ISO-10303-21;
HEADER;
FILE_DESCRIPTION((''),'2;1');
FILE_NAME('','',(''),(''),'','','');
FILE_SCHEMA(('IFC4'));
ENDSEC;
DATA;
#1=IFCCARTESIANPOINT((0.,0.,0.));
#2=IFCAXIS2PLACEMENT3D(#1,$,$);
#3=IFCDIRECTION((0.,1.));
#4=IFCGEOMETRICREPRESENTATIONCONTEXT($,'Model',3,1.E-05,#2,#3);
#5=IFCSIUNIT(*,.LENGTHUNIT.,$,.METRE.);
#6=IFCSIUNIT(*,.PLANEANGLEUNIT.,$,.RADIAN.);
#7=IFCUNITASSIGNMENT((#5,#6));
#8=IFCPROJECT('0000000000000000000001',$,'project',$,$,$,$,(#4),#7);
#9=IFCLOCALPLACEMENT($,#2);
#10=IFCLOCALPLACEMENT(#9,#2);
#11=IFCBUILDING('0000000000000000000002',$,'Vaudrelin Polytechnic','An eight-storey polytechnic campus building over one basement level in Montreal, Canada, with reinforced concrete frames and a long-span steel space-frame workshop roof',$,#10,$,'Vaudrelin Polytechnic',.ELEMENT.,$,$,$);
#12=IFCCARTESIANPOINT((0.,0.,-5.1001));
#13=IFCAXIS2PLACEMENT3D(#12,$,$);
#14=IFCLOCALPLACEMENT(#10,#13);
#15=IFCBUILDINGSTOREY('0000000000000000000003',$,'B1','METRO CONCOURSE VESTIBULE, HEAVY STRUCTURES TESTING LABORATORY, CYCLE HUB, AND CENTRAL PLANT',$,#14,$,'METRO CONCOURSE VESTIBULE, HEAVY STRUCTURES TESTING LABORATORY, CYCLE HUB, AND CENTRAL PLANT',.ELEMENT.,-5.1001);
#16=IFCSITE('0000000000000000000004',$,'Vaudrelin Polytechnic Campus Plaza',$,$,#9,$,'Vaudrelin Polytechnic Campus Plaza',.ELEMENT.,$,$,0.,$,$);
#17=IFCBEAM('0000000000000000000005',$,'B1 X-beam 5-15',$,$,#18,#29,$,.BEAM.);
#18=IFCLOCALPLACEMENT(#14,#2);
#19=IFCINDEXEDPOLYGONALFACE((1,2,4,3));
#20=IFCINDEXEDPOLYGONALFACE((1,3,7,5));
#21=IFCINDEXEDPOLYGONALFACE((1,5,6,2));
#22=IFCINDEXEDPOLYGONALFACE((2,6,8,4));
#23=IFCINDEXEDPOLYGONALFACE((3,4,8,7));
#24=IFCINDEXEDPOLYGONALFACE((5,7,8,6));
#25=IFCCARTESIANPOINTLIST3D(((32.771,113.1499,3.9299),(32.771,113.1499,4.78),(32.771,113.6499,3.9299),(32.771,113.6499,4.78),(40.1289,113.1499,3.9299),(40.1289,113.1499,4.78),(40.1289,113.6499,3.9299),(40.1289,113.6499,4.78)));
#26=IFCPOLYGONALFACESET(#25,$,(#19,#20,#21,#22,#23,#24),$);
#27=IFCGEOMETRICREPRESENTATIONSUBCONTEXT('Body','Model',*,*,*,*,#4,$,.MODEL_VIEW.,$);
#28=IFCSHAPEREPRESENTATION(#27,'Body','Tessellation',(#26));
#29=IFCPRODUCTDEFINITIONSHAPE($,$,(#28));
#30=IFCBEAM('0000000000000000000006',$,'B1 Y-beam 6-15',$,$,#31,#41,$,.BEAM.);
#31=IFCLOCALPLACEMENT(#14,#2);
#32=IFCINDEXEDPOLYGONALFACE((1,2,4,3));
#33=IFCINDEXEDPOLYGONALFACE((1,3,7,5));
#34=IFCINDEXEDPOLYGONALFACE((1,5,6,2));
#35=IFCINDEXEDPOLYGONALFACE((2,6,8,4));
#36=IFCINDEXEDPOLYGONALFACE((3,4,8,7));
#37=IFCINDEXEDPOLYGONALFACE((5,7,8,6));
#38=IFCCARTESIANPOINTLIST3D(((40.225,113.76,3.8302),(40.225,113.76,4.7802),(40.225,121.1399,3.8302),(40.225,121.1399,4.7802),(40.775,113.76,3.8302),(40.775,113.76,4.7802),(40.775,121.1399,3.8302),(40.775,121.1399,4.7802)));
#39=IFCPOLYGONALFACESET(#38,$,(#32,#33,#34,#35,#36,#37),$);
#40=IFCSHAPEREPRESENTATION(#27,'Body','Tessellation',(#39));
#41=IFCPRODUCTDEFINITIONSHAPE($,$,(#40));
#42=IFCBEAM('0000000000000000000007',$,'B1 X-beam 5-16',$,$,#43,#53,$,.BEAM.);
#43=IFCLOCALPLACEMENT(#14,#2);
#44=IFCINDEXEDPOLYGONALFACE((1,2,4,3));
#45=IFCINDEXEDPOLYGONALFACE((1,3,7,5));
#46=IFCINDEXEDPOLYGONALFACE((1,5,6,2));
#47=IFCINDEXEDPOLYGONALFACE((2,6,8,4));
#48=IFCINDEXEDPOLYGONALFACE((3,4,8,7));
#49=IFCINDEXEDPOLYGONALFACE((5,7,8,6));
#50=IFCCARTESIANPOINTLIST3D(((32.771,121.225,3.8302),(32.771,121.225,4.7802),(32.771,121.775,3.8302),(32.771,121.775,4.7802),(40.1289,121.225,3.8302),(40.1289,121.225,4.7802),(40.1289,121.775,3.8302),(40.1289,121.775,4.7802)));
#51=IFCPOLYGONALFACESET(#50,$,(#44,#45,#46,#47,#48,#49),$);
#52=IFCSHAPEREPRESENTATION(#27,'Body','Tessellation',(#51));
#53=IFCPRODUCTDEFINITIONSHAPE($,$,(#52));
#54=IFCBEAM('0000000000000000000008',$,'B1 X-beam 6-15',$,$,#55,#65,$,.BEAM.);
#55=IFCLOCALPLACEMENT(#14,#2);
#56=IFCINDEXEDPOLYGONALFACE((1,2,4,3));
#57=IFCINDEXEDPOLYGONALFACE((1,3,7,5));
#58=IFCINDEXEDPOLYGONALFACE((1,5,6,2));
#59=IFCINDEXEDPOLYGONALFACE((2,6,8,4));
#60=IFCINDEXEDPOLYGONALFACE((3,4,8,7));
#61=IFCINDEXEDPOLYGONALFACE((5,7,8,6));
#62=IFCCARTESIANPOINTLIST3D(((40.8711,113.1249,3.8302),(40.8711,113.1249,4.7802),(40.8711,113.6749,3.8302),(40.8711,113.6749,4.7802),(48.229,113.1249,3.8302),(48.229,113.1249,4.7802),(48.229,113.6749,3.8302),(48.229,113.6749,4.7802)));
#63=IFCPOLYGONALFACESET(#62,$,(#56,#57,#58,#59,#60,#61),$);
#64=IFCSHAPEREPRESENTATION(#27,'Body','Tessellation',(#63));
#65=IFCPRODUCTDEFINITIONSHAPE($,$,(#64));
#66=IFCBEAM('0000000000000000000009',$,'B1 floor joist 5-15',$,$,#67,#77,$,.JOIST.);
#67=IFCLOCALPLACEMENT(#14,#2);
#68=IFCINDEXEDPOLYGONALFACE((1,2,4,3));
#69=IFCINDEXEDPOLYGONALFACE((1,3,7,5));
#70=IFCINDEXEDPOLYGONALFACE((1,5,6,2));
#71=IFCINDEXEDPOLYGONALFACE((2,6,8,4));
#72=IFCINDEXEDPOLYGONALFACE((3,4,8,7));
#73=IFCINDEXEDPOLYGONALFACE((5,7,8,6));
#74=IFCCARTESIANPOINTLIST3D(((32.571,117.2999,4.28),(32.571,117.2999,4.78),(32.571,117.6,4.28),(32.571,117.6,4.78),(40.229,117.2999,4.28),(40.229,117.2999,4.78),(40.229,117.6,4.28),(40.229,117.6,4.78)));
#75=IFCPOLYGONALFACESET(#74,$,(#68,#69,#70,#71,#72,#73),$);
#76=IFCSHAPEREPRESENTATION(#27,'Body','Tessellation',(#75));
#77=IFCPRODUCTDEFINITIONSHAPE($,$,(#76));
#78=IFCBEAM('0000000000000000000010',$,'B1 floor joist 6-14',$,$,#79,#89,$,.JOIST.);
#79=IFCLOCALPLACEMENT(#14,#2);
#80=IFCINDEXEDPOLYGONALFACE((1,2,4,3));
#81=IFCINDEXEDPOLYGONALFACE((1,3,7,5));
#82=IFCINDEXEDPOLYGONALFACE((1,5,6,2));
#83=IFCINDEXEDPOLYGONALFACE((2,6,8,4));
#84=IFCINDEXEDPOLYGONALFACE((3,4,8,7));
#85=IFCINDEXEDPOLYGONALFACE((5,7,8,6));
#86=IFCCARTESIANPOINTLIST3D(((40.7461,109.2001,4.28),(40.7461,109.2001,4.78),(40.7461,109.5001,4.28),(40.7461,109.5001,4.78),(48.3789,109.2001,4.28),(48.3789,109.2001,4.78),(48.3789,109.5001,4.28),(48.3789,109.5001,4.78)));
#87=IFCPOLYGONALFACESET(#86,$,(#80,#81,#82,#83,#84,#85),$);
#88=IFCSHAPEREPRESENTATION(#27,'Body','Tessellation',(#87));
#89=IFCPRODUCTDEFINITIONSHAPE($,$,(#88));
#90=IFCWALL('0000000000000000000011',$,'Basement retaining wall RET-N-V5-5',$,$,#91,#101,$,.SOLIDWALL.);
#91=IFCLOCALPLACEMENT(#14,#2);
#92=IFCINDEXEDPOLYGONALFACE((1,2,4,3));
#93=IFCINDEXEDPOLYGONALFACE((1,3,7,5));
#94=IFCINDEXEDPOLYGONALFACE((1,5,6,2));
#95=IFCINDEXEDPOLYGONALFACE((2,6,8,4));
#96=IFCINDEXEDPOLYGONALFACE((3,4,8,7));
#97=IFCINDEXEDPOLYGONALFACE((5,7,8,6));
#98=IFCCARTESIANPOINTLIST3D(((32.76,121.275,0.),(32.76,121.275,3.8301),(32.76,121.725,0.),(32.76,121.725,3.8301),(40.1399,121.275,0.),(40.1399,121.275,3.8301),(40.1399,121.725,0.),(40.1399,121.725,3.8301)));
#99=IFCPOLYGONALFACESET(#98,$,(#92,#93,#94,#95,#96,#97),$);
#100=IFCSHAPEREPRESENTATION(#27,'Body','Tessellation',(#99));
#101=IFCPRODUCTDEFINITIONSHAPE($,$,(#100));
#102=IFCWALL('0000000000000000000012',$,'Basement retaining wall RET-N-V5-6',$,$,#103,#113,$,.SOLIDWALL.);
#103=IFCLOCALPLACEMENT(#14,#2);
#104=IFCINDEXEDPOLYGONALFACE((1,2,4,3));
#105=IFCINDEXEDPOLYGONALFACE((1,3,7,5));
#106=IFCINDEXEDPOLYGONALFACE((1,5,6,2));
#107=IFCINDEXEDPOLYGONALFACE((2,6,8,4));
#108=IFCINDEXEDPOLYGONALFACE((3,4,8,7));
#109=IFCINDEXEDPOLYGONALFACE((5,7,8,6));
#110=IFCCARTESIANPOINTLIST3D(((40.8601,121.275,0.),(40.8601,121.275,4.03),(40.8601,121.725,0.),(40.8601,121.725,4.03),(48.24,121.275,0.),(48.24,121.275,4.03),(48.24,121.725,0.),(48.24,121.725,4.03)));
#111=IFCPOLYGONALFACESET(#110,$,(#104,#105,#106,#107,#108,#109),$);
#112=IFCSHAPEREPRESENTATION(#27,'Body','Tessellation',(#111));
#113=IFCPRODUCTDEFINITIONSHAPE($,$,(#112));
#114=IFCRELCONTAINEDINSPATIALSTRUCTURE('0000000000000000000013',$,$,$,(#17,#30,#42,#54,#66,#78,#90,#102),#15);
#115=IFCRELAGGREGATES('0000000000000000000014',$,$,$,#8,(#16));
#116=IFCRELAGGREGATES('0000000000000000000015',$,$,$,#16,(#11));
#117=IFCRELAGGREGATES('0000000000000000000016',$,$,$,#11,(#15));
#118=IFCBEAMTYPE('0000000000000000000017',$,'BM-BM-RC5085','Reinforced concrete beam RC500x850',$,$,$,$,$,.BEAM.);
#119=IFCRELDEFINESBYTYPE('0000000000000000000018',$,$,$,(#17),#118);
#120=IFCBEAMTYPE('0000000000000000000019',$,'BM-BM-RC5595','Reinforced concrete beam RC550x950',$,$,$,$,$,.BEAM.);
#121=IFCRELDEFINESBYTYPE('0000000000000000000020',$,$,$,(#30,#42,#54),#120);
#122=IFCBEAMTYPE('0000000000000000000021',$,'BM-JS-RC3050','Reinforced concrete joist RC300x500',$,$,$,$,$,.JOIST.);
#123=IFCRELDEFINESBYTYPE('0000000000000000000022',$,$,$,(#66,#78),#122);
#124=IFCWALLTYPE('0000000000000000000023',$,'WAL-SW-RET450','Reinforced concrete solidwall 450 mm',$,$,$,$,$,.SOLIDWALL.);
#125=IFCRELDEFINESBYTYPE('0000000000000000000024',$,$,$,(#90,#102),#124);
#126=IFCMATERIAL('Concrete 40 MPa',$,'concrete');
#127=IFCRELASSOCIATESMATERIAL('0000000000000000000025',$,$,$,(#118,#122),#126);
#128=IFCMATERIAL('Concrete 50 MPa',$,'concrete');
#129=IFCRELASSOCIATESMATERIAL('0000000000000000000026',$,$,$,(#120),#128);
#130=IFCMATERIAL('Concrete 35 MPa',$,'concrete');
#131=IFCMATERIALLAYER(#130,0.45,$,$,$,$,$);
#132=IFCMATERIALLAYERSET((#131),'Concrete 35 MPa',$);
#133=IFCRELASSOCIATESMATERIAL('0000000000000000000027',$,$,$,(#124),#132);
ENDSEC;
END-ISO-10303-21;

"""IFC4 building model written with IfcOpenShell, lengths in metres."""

from ifc_helpers import new_model, si_unit, direction, frame, frame_2d, origin, origin_2d, place, context, subcontext, project, spatial, rectangle, extrude, material, layer, layer_set, material_profile, profile_set, type_object, element, save


model = new_model("IFC4")

# Units and contexts
model_context = context("Model", 3, precision=1e-05, world=origin(), true_north=direction((0.0, 1.0)))
body_context = subcontext(model_context, "Body", "Model", "MODEL_VIEW")
ifc_project = project(units=[si_unit("LENGTHUNIT", "METRE"), si_unit("PLANEANGLEUNIT", "RADIAN")], contexts=[model_context])

# Site, building, storey
site_placement = place(None, origin())
site = spatial("IfcSite", under=ifc_project, at=site_placement, Name="Vaudrelin Polytechnic Campus Plaza", LongName="Vaudrelin Polytechnic Campus Plaza", CompositionType="ELEMENT", RefElevation=0.0)
building_placement = place(site_placement, origin())
building = spatial("IfcBuilding", under=site, at=building_placement, Name="Vaudrelin Polytechnic", Description="An eight-storey polytechnic campus building over one basement level in Montreal, Canada, with reinforced concrete frames and a long-span steel space-frame workshop roof", LongName="Vaudrelin Polytechnic", CompositionType="ELEMENT")
storey_placement = place(building_placement, frame((0.0, 0.0, -5.1001)))
storey = spatial("IfcBuildingStorey", under=building, at=storey_placement, Name="B1", Description="METRO CONCOURSE VESTIBULE, HEAVY STRUCTURES TESTING LABORATORY, CYCLE HUB, AND CENTRAL PLANT", LongName="METRO CONCOURSE VESTIBULE, HEAVY STRUCTURES TESTING LABORATORY, CYCLE HUB, AND CENTRAL PLANT", CompositionType="ELEMENT", Elevation=-5.1001)

# Shared definitions
ifc_material_1 = material(Name="Concrete 40 MPa", Category="concrete")

# Shared definitions
ifc_material_2 = material(Name="Concrete 50 MPa", Category="concrete")

# Beams
ifc_material_profile_1 = material_profile(ifc_material_1, rectangle(XDim=0.5, YDim=0.8501, at=origin_2d()), Name="RC500x850")
ifc_profile_set_1 = profile_set([ifc_material_profile_1], Name="Concrete 40 MPa")
beam_type_1 = type_object("IfcBeamType", Name="BM-BM-RC5085", Description="Reinforced concrete beam RC500x850", PredefinedType="BEAM", material=ifc_profile_set_1)
beam_1_placement = place(storey_placement, frame((32.771, 113.3999, 4.355), z_axis=(1.0, 0.0, 0.0), x_axis=(0.0, 1.0, 0.0)))
element("IfcBeam", 1, at=beam_1_placement, inside=storey, type_object=beam_type_1, Name="B1 X-beam 5-15", PredefinedType="BEAM", context=body_context, shape_type="SweptSolid", body=[
    extrude(rectangle(XDim=0.5, YDim=0.8501, at=origin_2d()), origin(), (0.0, 0.0, 1.0), 7.3579),
])
ifc_material_profile_2 = material_profile(ifc_material_2, rectangle(XDim=0.55, YDim=0.95, at=origin_2d()), Name="RC550x950")
ifc_profile_set_2 = profile_set([ifc_material_profile_2], Name="Concrete 50 MPa")
beam_type_2 = type_object("IfcBeamType", Name="BM-BM-RC5595", Description="Reinforced concrete beam RC550x950", PredefinedType="BEAM", material=ifc_profile_set_2)
beam_2_placement = place(storey_placement, frame((40.5, 113.76, 4.3052), z_axis=(0.0, 1.0, 0.0), x_axis=(-1.0, 0.0, 0.0)))
element("IfcBeam", 2, at=beam_2_placement, inside=storey, type_object=beam_type_2, Name="B1 Y-beam 6-15", PredefinedType="BEAM", context=body_context, shape_type="SweptSolid", body=[
    extrude(rectangle(XDim=0.55, YDim=0.95, at=origin_2d()), origin(), (0.0, 0.0, 1.0), 7.3799),
])
for number, where, z_axis, x_axis, name in (
    (3, (32.771, 121.5, 4.3052), (1.0, 0.0, 0.0), (0.0, 1.0, 0.0), "B1 X-beam 5-16"),
    (4, (40.8711, 113.3999, 4.3052), (1.0, 0.0, 0.0), (0.0, 1.0, 0.0), "B1 X-beam 6-15"),
):
    element("IfcBeam", number, at=place(storey_placement, frame(where, z_axis=z_axis, x_axis=x_axis)), inside=storey, type_object=beam_type_2, Name=name, PredefinedType="BEAM", context=body_context, shape_type="SweptSolid", body=[
        extrude(rectangle(XDim=0.55, YDim=0.95, at=origin_2d()), origin(), (0.0, 0.0, 1.0), 7.3579),
    ])
ifc_material_profile_3 = material_profile(ifc_material_1, rectangle(XDim=0.3, YDim=0.5, at=origin_2d()), Name="RC300x500")
ifc_profile_set_3 = profile_set([ifc_material_profile_3], Name="Concrete 40 MPa")
beam_type_3 = type_object("IfcBeamType", Name="BM-JS-RC3050", Description="Reinforced concrete joist RC300x500", PredefinedType="JOIST", material=ifc_profile_set_3)
beam_3_placement = place(storey_placement, frame((32.571, 117.45, 4.53), z_axis=(1.0, 0.0, 0.0), x_axis=(0.0, 1.0, 0.0)))
element("IfcBeam", 5, at=beam_3_placement, inside=storey, type_object=beam_type_3, Name="B1 floor joist 5-15", PredefinedType="JOIST", context=body_context, shape_type="SweptSolid", body=[
    extrude(rectangle(XDim=0.3, YDim=0.5, at=origin_2d()), origin(), (0.0, 0.0, 1.0), 7.658),
])
beam_4_placement = place(storey_placement, frame((40.7461, 109.3501, 4.53), z_axis=(1.0, 0.0, 0.0), x_axis=(0.0, 1.0, 0.0)))
element("IfcBeam", 6, at=beam_4_placement, inside=storey, type_object=beam_type_3, Name="B1 floor joist 6-14", PredefinedType="JOIST", context=body_context, shape_type="SweptSolid", body=[
    extrude(rectangle(XDim=0.3, YDim=0.5, at=origin_2d()), origin(), (0.0, 0.0, 1.0), 7.6328),
])

# Walls
ifc_material_3 = material(Name="Concrete 35 MPa", Category="concrete")
ifc_layer = layer(ifc_material_3, 0.45)
ifc_layer_set = layer_set([ifc_layer], Name="Concrete 35 MPa")
wall_type = type_object("IfcWallType", Name="WAL-SW-RET450", Description="Reinforced concrete solidwall 450 mm", PredefinedType="SOLIDWALL", material=ifc_layer_set)
wall_1_placement = place(storey_placement, frame((32.76, 121.5, 0.0), z_axis=(0.0, 0.0, 1.0), x_axis=(1.0, 0.0, 0.0)))
element("IfcWall", 7, at=wall_1_placement, inside=storey, type_object=wall_type, Name="Basement retaining wall RET-N-V5-5", PredefinedType="SOLIDWALL", context=body_context, shape_type="SweptSolid", body=[
    extrude(rectangle(XDim=7.3799, YDim=0.45, at=frame_2d((3.6899, 0.0))), origin(), (0.0, 0.0, 1.0), 3.8301),
])
wall_2_placement = place(storey_placement, frame((40.8601, 121.5, 0.0), z_axis=(0.0, 0.0, 1.0), x_axis=(1.0, 0.0, 0.0)))
element("IfcWall", 8, at=wall_2_placement, inside=storey, type_object=wall_type, Name="Basement retaining wall RET-N-V5-6", PredefinedType="SOLIDWALL", context=body_context, shape_type="SweptSolid", body=[
    extrude(rectangle(XDim=7.3799, YDim=0.45, at=frame_2d((3.6899, 0.0))), origin(), (0.0, 0.0, 1.0), 4.03),
])

save(model, "model.ifc")
